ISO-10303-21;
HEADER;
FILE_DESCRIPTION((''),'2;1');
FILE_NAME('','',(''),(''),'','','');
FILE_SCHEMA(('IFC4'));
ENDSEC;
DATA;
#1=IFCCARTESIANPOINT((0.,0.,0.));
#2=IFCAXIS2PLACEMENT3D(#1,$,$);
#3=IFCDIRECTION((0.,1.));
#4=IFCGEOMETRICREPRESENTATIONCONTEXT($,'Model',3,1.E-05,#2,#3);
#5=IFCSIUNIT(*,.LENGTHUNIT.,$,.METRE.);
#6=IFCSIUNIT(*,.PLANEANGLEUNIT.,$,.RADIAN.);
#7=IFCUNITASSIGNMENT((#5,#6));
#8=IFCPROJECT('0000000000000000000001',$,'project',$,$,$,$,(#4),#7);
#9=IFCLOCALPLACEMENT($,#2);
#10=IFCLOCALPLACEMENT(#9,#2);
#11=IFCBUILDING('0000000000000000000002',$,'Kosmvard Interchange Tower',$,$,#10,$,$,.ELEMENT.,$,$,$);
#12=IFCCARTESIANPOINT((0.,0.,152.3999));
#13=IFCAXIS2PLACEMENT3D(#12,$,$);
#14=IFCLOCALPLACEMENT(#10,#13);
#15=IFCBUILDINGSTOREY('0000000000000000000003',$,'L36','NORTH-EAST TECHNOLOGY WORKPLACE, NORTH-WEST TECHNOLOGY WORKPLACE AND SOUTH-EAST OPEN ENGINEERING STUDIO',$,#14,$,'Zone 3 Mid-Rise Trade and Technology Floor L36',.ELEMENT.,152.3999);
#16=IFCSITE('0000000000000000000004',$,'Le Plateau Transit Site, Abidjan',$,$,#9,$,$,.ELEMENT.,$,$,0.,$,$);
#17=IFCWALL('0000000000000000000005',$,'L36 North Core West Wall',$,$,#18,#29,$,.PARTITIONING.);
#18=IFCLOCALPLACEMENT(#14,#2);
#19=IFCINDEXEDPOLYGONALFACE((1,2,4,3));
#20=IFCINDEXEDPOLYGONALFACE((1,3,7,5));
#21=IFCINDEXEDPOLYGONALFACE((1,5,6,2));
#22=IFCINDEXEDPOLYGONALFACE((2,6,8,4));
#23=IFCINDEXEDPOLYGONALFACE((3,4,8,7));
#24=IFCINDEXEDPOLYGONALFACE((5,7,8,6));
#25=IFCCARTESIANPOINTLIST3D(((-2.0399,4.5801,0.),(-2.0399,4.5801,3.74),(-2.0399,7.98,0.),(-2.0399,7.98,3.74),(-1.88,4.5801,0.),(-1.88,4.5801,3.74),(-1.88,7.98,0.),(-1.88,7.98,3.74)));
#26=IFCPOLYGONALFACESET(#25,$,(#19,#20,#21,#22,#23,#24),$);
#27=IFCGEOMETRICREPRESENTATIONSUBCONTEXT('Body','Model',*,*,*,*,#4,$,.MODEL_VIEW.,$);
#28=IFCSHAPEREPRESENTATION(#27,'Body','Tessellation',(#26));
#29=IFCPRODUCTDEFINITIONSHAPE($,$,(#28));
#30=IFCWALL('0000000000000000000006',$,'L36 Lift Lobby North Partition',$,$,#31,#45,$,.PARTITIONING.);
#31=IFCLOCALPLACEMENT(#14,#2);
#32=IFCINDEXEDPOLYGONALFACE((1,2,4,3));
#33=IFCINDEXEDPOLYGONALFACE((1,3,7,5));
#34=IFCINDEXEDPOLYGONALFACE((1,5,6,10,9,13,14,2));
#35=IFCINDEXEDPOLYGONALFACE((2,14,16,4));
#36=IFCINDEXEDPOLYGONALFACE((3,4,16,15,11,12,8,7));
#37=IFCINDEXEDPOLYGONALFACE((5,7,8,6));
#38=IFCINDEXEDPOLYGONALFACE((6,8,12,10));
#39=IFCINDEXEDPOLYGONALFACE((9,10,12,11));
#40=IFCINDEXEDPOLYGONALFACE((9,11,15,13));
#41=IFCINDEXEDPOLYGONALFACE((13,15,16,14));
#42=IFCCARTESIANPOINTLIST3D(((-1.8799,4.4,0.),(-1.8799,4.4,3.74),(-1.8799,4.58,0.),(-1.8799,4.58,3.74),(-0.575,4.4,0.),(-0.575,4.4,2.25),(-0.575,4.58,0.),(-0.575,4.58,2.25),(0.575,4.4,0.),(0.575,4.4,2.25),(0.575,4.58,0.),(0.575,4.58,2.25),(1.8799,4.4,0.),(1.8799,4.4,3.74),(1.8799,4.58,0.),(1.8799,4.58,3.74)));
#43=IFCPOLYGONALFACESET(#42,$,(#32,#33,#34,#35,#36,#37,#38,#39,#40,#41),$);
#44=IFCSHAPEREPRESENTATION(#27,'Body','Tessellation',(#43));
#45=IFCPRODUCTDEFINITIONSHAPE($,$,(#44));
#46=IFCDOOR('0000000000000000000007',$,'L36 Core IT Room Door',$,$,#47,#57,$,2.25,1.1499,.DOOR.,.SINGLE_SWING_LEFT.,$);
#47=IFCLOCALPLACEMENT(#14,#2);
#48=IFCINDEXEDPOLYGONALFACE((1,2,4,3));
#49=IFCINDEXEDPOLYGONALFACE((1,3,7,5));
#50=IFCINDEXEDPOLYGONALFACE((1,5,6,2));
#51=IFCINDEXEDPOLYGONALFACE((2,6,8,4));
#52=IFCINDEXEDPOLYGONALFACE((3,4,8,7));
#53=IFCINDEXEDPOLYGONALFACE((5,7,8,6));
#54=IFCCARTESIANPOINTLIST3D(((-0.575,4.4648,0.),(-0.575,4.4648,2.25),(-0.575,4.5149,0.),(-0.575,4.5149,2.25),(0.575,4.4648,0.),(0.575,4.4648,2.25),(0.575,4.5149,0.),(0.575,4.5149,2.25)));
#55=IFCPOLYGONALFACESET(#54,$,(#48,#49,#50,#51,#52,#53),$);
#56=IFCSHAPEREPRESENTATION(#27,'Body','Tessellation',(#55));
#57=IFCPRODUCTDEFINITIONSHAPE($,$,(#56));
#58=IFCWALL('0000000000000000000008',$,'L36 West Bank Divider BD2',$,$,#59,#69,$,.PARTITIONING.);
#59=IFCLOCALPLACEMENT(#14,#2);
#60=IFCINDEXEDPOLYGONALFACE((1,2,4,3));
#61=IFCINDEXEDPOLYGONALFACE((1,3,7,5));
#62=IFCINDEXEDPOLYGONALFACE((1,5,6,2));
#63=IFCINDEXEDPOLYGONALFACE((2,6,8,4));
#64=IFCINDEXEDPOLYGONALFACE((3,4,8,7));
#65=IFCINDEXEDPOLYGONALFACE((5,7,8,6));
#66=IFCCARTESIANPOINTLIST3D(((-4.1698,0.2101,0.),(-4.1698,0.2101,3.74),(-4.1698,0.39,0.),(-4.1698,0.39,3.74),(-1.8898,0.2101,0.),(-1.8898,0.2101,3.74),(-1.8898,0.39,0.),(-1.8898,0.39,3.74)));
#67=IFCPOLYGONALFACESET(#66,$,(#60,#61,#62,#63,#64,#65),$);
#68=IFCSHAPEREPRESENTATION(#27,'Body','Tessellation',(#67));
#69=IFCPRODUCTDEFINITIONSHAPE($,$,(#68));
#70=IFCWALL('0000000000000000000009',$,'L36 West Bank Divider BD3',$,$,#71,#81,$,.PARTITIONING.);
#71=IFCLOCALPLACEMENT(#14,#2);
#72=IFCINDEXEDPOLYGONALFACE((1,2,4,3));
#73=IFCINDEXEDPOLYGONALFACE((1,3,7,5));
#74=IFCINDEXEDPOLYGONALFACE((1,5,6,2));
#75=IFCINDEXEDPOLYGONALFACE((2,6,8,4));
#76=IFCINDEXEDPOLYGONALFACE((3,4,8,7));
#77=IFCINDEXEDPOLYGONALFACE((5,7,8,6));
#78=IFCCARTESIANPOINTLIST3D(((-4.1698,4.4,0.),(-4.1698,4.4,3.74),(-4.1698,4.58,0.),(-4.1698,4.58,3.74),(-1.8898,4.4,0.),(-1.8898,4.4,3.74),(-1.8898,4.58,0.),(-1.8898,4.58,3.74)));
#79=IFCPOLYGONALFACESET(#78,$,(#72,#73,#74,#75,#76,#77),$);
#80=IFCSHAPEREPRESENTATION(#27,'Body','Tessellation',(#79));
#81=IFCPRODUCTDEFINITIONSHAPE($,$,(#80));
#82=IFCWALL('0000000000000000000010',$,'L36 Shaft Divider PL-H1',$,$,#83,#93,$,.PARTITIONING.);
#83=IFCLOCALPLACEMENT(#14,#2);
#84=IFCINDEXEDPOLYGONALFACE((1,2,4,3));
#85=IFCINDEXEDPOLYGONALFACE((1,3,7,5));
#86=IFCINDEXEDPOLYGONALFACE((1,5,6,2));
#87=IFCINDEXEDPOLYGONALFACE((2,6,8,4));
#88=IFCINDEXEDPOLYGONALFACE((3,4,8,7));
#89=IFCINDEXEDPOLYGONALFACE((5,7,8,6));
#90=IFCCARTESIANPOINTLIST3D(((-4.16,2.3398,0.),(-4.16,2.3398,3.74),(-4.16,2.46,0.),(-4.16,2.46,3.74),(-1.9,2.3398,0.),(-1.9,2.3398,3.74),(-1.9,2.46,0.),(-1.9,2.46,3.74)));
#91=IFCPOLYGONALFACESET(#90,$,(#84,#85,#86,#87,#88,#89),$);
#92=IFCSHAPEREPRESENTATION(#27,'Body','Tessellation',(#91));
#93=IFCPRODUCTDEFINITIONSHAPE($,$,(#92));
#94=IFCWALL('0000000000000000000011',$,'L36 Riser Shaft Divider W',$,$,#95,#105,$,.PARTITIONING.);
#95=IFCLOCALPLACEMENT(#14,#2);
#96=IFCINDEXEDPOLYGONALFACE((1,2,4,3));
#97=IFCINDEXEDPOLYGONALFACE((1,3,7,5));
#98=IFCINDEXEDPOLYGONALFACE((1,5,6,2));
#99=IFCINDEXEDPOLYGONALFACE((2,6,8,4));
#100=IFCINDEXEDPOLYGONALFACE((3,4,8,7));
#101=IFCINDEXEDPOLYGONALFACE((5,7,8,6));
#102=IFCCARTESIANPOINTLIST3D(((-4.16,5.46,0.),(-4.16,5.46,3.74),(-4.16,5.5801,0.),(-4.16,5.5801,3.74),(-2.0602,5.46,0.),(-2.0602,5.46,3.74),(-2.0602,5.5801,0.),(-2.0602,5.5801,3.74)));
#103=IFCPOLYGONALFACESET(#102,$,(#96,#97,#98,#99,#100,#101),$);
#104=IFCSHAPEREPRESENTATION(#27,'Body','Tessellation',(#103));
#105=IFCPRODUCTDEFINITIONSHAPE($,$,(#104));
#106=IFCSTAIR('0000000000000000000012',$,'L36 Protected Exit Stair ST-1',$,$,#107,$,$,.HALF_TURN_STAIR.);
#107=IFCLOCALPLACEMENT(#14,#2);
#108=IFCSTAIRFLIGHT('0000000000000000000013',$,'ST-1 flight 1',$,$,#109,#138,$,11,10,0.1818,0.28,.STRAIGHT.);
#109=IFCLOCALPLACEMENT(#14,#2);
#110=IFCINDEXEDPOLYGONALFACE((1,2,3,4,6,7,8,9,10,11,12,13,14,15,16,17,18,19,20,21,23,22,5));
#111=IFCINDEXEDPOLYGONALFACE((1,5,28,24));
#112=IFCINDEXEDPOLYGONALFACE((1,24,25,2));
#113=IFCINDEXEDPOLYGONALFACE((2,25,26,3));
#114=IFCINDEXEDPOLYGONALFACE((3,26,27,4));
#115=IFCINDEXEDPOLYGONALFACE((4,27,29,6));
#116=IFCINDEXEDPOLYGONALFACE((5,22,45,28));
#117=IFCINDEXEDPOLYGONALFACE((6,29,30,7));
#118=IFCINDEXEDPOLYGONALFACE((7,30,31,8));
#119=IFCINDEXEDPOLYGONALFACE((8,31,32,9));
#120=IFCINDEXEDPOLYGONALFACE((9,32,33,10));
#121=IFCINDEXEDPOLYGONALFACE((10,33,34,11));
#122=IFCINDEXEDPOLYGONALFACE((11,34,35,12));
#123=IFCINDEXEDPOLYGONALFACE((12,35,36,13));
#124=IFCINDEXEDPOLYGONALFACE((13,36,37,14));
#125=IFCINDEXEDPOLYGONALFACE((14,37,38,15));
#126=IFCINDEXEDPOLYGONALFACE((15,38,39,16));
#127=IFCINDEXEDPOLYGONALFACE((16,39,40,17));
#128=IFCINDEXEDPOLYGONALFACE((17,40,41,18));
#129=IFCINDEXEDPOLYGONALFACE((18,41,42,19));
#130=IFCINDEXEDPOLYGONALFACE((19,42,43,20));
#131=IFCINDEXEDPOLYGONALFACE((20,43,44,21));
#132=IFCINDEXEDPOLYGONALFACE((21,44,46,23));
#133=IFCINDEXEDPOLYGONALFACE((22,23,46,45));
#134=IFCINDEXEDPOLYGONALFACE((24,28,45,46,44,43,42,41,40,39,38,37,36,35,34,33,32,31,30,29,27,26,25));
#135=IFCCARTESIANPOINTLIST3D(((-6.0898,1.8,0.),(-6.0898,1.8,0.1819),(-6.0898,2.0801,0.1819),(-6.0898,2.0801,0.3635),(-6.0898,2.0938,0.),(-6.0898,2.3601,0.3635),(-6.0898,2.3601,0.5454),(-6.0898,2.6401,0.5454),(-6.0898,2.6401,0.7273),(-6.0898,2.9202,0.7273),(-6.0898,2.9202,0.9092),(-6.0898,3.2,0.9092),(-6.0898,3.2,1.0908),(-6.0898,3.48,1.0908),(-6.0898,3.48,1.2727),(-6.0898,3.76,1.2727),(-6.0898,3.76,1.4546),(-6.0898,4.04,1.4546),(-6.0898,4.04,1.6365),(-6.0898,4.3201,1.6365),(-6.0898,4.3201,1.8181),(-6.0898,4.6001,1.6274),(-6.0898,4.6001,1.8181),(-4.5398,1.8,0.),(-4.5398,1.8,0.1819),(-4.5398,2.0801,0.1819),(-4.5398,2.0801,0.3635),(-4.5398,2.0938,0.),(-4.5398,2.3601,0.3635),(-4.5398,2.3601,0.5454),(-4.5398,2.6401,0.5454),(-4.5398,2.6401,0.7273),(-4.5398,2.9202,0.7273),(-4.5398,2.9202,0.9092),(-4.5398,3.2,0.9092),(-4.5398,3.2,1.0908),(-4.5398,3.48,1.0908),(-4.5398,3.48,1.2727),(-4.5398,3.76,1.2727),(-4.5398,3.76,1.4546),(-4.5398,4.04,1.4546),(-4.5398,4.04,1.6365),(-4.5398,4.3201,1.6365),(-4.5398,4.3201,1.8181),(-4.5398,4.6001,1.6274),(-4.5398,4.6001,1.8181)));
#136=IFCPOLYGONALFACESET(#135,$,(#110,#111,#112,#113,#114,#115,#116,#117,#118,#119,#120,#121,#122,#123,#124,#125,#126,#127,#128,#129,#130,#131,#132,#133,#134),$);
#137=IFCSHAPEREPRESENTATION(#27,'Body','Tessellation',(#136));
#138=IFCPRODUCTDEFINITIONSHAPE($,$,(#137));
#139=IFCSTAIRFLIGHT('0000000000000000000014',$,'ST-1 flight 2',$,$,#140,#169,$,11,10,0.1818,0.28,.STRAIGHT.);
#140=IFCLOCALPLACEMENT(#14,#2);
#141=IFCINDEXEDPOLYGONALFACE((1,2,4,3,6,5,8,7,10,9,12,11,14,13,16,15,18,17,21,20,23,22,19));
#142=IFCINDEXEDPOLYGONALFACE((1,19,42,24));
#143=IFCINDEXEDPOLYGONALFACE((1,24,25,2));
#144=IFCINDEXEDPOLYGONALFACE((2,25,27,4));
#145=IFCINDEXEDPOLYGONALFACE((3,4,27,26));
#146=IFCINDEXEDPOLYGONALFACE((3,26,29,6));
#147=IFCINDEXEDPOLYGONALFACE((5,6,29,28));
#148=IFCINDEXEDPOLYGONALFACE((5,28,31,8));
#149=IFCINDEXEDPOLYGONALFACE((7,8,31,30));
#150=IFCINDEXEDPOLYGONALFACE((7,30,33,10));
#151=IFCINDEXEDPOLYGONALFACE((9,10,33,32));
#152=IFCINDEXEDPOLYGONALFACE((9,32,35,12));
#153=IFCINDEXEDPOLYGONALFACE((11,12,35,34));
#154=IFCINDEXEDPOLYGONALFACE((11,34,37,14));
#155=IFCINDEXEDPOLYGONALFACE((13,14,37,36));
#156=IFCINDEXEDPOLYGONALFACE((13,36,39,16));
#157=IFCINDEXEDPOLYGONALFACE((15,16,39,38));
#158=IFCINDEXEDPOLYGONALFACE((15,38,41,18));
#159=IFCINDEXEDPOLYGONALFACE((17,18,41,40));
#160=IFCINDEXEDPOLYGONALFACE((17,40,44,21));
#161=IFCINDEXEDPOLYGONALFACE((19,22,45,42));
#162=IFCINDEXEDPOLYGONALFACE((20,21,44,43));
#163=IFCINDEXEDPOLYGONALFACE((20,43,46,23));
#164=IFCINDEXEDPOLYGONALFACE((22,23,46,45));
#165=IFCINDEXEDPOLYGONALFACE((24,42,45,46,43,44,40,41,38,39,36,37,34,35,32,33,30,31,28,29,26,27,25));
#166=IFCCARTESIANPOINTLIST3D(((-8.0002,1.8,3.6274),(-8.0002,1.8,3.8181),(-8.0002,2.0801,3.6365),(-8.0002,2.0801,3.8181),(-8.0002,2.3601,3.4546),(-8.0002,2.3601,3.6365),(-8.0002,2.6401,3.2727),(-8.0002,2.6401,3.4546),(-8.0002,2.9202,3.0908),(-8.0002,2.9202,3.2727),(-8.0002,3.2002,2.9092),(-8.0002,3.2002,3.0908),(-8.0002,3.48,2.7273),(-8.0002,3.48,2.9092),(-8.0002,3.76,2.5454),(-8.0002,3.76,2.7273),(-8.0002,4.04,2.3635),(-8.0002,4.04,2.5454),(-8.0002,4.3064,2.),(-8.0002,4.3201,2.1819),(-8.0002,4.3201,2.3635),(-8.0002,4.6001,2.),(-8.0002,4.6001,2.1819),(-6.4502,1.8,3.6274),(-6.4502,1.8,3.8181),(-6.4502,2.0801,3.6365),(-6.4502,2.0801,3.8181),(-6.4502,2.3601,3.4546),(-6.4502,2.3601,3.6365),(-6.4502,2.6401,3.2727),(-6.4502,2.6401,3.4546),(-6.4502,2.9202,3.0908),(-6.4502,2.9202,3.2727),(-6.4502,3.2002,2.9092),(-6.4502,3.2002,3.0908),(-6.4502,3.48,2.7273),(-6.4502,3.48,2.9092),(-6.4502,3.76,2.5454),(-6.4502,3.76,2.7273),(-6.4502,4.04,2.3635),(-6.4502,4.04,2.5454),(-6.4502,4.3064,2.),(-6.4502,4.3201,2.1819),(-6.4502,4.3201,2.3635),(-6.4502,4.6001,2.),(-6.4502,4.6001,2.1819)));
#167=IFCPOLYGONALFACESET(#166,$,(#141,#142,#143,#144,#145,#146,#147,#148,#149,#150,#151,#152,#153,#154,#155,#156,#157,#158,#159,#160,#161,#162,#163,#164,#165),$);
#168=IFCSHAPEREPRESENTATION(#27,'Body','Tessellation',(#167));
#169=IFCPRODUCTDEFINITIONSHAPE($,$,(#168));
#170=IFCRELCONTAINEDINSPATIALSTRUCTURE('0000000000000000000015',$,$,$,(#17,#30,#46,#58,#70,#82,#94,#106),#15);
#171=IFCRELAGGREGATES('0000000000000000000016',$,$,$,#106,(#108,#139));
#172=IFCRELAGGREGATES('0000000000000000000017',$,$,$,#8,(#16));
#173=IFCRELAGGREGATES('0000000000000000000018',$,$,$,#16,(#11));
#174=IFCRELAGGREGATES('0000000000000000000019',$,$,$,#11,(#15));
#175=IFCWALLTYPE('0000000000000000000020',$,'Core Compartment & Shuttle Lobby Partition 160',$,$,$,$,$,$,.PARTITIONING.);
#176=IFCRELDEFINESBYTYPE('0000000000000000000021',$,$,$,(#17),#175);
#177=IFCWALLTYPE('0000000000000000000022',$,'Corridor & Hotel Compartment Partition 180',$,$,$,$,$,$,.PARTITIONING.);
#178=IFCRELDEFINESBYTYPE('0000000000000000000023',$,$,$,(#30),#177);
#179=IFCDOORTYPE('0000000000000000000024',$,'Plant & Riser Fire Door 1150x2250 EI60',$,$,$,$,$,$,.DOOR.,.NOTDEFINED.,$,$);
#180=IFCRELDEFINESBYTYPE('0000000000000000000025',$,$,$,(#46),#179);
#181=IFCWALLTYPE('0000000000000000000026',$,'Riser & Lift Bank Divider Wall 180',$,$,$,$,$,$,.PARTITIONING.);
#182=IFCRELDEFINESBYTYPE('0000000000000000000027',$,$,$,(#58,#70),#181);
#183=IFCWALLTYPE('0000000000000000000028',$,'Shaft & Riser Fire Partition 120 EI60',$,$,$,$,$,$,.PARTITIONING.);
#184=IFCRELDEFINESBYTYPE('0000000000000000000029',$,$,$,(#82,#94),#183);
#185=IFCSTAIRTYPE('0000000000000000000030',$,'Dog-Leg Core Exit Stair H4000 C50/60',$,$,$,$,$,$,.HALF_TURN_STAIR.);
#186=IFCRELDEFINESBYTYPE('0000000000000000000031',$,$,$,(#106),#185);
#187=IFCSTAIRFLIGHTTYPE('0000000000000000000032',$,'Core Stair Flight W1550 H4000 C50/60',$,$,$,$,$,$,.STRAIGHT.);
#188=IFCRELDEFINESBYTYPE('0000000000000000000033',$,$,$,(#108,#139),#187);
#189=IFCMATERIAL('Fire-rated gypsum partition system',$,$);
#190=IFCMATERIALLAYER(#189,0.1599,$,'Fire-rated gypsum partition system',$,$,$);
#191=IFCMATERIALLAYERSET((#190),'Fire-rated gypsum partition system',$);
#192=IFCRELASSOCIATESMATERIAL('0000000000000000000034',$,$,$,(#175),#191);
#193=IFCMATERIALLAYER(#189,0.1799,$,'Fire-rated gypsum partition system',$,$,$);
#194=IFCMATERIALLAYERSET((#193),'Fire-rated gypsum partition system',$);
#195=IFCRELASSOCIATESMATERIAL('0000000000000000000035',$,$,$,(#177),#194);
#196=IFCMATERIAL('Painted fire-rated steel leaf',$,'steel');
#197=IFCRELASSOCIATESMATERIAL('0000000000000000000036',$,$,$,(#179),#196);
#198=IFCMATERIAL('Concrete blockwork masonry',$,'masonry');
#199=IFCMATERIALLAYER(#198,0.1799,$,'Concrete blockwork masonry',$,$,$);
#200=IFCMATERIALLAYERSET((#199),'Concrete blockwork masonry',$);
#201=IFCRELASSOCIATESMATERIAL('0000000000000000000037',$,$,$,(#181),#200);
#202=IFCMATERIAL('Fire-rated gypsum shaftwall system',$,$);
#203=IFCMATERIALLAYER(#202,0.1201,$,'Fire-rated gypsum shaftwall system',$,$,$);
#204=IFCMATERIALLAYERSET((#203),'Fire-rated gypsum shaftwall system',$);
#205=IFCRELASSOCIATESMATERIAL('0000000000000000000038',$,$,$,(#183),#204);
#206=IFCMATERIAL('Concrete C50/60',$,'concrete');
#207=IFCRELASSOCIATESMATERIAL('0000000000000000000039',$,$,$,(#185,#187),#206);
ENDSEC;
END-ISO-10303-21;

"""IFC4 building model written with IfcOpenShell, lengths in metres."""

from ifc_helpers import new_model, si_unit, direction, frame, frame_2d, origin, place, context, subcontext, project, spatial, polyline, rectangle, outline, extrude, source, transform, mapped, material, layer, layer_set, type_object, element, fill, aggregate, save


model = new_model("IFC4")

# Units and contexts
model_context = context("Model", 3, precision=1e-05, world=origin(), true_north=direction((0.0, 1.0)))
body_context = subcontext(model_context, "Body", "Model", "MODEL_VIEW")
ifc_project = project(units=[si_unit("LENGTHUNIT", "METRE"), si_unit("PLANEANGLEUNIT", "RADIAN")], contexts=[model_context])

# Site, building, storey
site_placement = place(None, origin())
site = spatial("IfcSite", under=ifc_project, at=site_placement, Name="Le Plateau Transit Site, Abidjan", CompositionType="ELEMENT", RefElevation=0.0)
building_placement = place(site_placement, origin())
building = spatial("IfcBuilding", under=site, at=building_placement, Name="Kosmvard Interchange Tower", CompositionType="ELEMENT")
storey_placement = place(building_placement, frame((0.0, 0.0, 152.3999)))
storey = spatial("IfcBuildingStorey", under=building, at=storey_placement, Name="L36", Description="NORTH-EAST TECHNOLOGY WORKPLACE, NORTH-WEST TECHNOLOGY WORKPLACE AND SOUTH-EAST OPEN ENGINEERING STUDIO", LongName="Zone 3 Mid-Rise Trade and Technology Floor L36", CompositionType="ELEMENT", Elevation=152.3999)

# Wall
ifc_material_1 = material(Name="Fire-rated gypsum partition system")
ifc_layer_1 = layer(ifc_material_1, 0.1599, Name="Fire-rated gypsum partition system")
ifc_layer_set_1 = layer_set([ifc_layer_1], Name="Fire-rated gypsum partition system")
wall_type_1 = type_object("IfcWallType", Name="Core Compartment & Shuttle Lobby Partition 160", PredefinedType="PARTITIONING", material=ifc_layer_set_1)
wall_1_placement = place(storey_placement, frame((-1.96, 4.5801, 0.0), z_axis=(0.0, 0.0, 1.0), x_axis=(0.0, 1.0, 0.0)))
element("IfcWall", 1, at=wall_1_placement, inside=storey, type_object=wall_type_1, Name="L36 North Core West Wall", PredefinedType="PARTITIONING", context=body_context, shape_type="SweptSolid", body=[
    extrude(rectangle(XDim=3.3999, YDim=0.1599, at=frame_2d((1.7, 0.0))), origin(), (0.0, 0.0, 1.0), 3.74),
])

# Wall, opening, door
ifc_layer_2 = layer(ifc_material_1, 0.1799, Name="Fire-rated gypsum partition system")
ifc_layer_set_2 = layer_set([ifc_layer_2], Name="Fire-rated gypsum partition system")
wall_type_2 = type_object("IfcWallType", Name="Corridor & Hotel Compartment Partition 180", PredefinedType="PARTITIONING", material=ifc_layer_set_2)
wall_2_placement = place(storey_placement, frame((-1.8799, 4.49, 0.0), z_axis=(0.0, 0.0, 1.0), x_axis=(1.0, 0.0, 0.0)))
wall_2 = element("IfcWall", 2, at=wall_2_placement, inside=storey, type_object=wall_type_2, Name="L36 Lift Lobby North Partition", PredefinedType="PARTITIONING", context=body_context, shape_type="SweptSolid", body=[
    extrude(rectangle(XDim=3.7598, YDim=0.1799, at=frame_2d((1.8799, 0.0))), origin(), (0.0, 0.0, 1.0), 3.74),
])
opening_placement = place(wall_2_placement, frame((1.3049, 0.0, 0.0)))
opening = element("IfcOpeningElement", 3, at=opening_placement, cuts=wall_2, PredefinedType="OPENING", context=body_context, shape_type="SweptSolid", body=[
    extrude(rectangle(XDim=1.1499, YDim=2.25, at=frame_2d((0.575, 1.125))), frame((0.0, 0.1001, 0.0), z_axis=(0.0, -1.0, 0.0), x_axis=(1.0, 0.0, 0.0)), (0.0, 0.0, 1.0), 0.2),
])
ifc_material_2 = material(Name="Painted fire-rated steel leaf", Category="steel")
door_type = type_object("IfcDoorType", Name="Plant & Riser Fire Door 1150x2250 EI60", OperationType="NOTDEFINED", PredefinedType="DOOR", material=ifc_material_2)
shared_shape_1 = source(origin(), body_context, "Body", "SweptSolid", [
    extrude(rectangle(XDim=1.1499, YDim=2.25, at=frame_2d((0.575, 1.125))), frame((0.0, 0.0249, 0.0), z_axis=(0.0, -1.0, 0.0), x_axis=(1.0, 0.0, 0.0)), (0.0, 0.0, 1.0), 0.05),
])
door_placement = place(opening_placement, origin())
door = element("IfcDoor", 4, at=door_placement, inside=storey, type_object=door_type, Name="L36 Core IT Room Door", OperationType="SINGLE_SWING_LEFT", OverallHeight=2.25, OverallWidth=1.1499, PredefinedType="DOOR", context=body_context, shape_type="MappedRepresentation", body=[
    mapped(shared_shape_1, transform((0.0, 0.0, 0.0), scale=1.0)),
])
fill(opening, door)

# Walls
ifc_material_3 = material(Name="Concrete blockwork masonry", Category="masonry")
ifc_layer_3 = layer(ifc_material_3, 0.1799, Name="Concrete blockwork masonry")
ifc_layer_set_3 = layer_set([ifc_layer_3], Name="Concrete blockwork masonry")
wall_type_3 = type_object("IfcWallType", Name="Riser & Lift Bank Divider Wall 180", PredefinedType="PARTITIONING", material=ifc_layer_set_3)
for number, where, z_axis, x_axis, name in (
    (5, (-4.1699, 0.3, 0.0), (0.0, 0.0, 1.0), (1.0, 0.0, 0.0), "L36 West Bank Divider BD2"),
    (6, (-4.1699, 4.49, 0.0), (0.0, 0.0, 1.0), (1.0, 0.0, 0.0), "L36 West Bank Divider BD3"),
):
    element("IfcWall", number, at=place(storey_placement, frame(where, z_axis=z_axis, x_axis=x_axis)), inside=storey, type_object=wall_type_3, Name=name, PredefinedType="PARTITIONING", context=body_context, shape_type="SweptSolid", body=[
        extrude(rectangle(XDim=2.28, YDim=0.1799, at=frame_2d((1.1401, 0.0))), origin(), (0.0, 0.0, 1.0), 3.74),
    ])
ifc_material_4 = material(Name="Fire-rated gypsum shaftwall system")
ifc_layer_4 = layer(ifc_material_4, 0.1201, Name="Fire-rated gypsum shaftwall system")
ifc_layer_set_4 = layer_set([ifc_layer_4], Name="Fire-rated gypsum shaftwall system")
wall_type_4 = type_object("IfcWallType", Name="Shaft & Riser Fire Partition 120 EI60", PredefinedType="PARTITIONING", material=ifc_layer_set_4)
wall_3_placement = place(storey_placement, frame((-4.1599, 2.3999, 0.0), z_axis=(0.0, 0.0, 1.0), x_axis=(1.0, 0.0, 0.0)))
element("IfcWall", 7, at=wall_3_placement, inside=storey, type_object=wall_type_4, Name="L36 Shaft Divider PL-H1", PredefinedType="PARTITIONING", context=body_context, shape_type="SweptSolid", body=[
    extrude(rectangle(XDim=2.26, YDim=0.1201, at=frame_2d((1.1299, 0.0))), origin(), (0.0, 0.0, 1.0), 3.74),
])
wall_4_placement = place(storey_placement, frame((-4.1599, 5.52, 0.0), z_axis=(0.0, 0.0, 1.0), x_axis=(1.0, 0.0, 0.0)))
element("IfcWall", 8, at=wall_4_placement, inside=storey, type_object=wall_type_4, Name="L36 Riser Shaft Divider W", PredefinedType="PARTITIONING", context=body_context, shape_type="SweptSolid", body=[
    extrude(rectangle(XDim=2.0999, YDim=0.1201, at=frame_2d((1.0498, 0.0))), origin(), (0.0, 0.0, 1.0), 3.74),
])

# Stair, stair flights
ifc_material_5 = material(Name="Concrete C50/60", Category="concrete")
stair_type = type_object("IfcStairType", Name="Dog-Leg Core Exit Stair H4000 C50/60", PredefinedType="HALF_TURN_STAIR", material=ifc_material_5)
stair_placement = place(storey_placement, origin())
stair = element("IfcStair", 9, at=stair_placement, inside=storey, type_object=stair_type, Name="L36 Protected Exit Stair ST-1", PredefinedType="HALF_TURN_STAIR")
stair_flight_type = type_object("IfcStairFlightType", Name="Core Stair Flight W1550 H4000 C50/60", PredefinedType="STRAIGHT", material=ifc_material_5)
shared_shape_2 = source(origin(), body_context, "Body", "SweptSolid", [
    extrude(outline(polyline([(0.0, 0.0), (0.0, 0.1819), (0.28, 0.1819), (0.28, 0.3635), (0.5601, 0.3635), (0.5601, 0.5454), (0.8401, 0.5454), (0.8401, 0.7273), (1.1201, 0.7273), (1.1201, 0.9092), (1.3999, 0.9092), (1.3999, 1.0908), (1.6799, 1.0908), (1.6799, 1.2727), (1.96, 1.2727), (1.96, 1.4546), (2.24, 1.4546), (2.24, 1.6365), (2.52, 1.6365), (2.52, 1.8181), (2.8, 1.8181), (2.8, 2.0), (2.8, 1.6274), (0.2937, 0.0), (0.0, 0.0)])), frame((0.0, 0.7749, 0.0), z_axis=(0.0, -1.0, 0.0), x_axis=(1.0, 0.0, 0.0)), (0.0, 0.0, 1.0), 1.55),
])
stair_flight_1_placement = place(storey_placement, frame((-5.3149, 1.8, 0.0), z_axis=(0.0, 0.0, 1.0), x_axis=(0.0, 1.0, 0.0)))
stair_flight_1 = element("IfcStairFlight", 10, at=stair_flight_1_placement, type_object=stair_flight_type, Name="ST-1 flight 1", NumberOfRisers=11, NumberOfTreads=10, PredefinedType="STRAIGHT", RiserHeight=0.1818, TreadLength=0.28, context=body_context, shape_type="MappedRepresentation", body=[
    mapped(shared_shape_2, transform((0.0, 0.0, 0.0), scale=1.0)),
])
stair_flight_2_placement = place(storey_placement, frame((-7.2251, 4.6001, 2.0), z_axis=(0.0, 0.0, 1.0), x_axis=(0.0, -1.0, 0.0)))
stair_flight_2 = element("IfcStairFlight", 11, at=stair_flight_2_placement, type_object=stair_flight_type, Name="ST-1 flight 2", NumberOfRisers=11, NumberOfTreads=10, PredefinedType="STRAIGHT", RiserHeight=0.1818, TreadLength=0.28, context=body_context, shape_type="MappedRepresentation", body=[
    mapped(shared_shape_2, transform((0.0, 0.0, 0.0), scale=1.0)),
])
aggregate(stair, [stair_flight_1, stair_flight_2])

save(model, "model.ifc")
